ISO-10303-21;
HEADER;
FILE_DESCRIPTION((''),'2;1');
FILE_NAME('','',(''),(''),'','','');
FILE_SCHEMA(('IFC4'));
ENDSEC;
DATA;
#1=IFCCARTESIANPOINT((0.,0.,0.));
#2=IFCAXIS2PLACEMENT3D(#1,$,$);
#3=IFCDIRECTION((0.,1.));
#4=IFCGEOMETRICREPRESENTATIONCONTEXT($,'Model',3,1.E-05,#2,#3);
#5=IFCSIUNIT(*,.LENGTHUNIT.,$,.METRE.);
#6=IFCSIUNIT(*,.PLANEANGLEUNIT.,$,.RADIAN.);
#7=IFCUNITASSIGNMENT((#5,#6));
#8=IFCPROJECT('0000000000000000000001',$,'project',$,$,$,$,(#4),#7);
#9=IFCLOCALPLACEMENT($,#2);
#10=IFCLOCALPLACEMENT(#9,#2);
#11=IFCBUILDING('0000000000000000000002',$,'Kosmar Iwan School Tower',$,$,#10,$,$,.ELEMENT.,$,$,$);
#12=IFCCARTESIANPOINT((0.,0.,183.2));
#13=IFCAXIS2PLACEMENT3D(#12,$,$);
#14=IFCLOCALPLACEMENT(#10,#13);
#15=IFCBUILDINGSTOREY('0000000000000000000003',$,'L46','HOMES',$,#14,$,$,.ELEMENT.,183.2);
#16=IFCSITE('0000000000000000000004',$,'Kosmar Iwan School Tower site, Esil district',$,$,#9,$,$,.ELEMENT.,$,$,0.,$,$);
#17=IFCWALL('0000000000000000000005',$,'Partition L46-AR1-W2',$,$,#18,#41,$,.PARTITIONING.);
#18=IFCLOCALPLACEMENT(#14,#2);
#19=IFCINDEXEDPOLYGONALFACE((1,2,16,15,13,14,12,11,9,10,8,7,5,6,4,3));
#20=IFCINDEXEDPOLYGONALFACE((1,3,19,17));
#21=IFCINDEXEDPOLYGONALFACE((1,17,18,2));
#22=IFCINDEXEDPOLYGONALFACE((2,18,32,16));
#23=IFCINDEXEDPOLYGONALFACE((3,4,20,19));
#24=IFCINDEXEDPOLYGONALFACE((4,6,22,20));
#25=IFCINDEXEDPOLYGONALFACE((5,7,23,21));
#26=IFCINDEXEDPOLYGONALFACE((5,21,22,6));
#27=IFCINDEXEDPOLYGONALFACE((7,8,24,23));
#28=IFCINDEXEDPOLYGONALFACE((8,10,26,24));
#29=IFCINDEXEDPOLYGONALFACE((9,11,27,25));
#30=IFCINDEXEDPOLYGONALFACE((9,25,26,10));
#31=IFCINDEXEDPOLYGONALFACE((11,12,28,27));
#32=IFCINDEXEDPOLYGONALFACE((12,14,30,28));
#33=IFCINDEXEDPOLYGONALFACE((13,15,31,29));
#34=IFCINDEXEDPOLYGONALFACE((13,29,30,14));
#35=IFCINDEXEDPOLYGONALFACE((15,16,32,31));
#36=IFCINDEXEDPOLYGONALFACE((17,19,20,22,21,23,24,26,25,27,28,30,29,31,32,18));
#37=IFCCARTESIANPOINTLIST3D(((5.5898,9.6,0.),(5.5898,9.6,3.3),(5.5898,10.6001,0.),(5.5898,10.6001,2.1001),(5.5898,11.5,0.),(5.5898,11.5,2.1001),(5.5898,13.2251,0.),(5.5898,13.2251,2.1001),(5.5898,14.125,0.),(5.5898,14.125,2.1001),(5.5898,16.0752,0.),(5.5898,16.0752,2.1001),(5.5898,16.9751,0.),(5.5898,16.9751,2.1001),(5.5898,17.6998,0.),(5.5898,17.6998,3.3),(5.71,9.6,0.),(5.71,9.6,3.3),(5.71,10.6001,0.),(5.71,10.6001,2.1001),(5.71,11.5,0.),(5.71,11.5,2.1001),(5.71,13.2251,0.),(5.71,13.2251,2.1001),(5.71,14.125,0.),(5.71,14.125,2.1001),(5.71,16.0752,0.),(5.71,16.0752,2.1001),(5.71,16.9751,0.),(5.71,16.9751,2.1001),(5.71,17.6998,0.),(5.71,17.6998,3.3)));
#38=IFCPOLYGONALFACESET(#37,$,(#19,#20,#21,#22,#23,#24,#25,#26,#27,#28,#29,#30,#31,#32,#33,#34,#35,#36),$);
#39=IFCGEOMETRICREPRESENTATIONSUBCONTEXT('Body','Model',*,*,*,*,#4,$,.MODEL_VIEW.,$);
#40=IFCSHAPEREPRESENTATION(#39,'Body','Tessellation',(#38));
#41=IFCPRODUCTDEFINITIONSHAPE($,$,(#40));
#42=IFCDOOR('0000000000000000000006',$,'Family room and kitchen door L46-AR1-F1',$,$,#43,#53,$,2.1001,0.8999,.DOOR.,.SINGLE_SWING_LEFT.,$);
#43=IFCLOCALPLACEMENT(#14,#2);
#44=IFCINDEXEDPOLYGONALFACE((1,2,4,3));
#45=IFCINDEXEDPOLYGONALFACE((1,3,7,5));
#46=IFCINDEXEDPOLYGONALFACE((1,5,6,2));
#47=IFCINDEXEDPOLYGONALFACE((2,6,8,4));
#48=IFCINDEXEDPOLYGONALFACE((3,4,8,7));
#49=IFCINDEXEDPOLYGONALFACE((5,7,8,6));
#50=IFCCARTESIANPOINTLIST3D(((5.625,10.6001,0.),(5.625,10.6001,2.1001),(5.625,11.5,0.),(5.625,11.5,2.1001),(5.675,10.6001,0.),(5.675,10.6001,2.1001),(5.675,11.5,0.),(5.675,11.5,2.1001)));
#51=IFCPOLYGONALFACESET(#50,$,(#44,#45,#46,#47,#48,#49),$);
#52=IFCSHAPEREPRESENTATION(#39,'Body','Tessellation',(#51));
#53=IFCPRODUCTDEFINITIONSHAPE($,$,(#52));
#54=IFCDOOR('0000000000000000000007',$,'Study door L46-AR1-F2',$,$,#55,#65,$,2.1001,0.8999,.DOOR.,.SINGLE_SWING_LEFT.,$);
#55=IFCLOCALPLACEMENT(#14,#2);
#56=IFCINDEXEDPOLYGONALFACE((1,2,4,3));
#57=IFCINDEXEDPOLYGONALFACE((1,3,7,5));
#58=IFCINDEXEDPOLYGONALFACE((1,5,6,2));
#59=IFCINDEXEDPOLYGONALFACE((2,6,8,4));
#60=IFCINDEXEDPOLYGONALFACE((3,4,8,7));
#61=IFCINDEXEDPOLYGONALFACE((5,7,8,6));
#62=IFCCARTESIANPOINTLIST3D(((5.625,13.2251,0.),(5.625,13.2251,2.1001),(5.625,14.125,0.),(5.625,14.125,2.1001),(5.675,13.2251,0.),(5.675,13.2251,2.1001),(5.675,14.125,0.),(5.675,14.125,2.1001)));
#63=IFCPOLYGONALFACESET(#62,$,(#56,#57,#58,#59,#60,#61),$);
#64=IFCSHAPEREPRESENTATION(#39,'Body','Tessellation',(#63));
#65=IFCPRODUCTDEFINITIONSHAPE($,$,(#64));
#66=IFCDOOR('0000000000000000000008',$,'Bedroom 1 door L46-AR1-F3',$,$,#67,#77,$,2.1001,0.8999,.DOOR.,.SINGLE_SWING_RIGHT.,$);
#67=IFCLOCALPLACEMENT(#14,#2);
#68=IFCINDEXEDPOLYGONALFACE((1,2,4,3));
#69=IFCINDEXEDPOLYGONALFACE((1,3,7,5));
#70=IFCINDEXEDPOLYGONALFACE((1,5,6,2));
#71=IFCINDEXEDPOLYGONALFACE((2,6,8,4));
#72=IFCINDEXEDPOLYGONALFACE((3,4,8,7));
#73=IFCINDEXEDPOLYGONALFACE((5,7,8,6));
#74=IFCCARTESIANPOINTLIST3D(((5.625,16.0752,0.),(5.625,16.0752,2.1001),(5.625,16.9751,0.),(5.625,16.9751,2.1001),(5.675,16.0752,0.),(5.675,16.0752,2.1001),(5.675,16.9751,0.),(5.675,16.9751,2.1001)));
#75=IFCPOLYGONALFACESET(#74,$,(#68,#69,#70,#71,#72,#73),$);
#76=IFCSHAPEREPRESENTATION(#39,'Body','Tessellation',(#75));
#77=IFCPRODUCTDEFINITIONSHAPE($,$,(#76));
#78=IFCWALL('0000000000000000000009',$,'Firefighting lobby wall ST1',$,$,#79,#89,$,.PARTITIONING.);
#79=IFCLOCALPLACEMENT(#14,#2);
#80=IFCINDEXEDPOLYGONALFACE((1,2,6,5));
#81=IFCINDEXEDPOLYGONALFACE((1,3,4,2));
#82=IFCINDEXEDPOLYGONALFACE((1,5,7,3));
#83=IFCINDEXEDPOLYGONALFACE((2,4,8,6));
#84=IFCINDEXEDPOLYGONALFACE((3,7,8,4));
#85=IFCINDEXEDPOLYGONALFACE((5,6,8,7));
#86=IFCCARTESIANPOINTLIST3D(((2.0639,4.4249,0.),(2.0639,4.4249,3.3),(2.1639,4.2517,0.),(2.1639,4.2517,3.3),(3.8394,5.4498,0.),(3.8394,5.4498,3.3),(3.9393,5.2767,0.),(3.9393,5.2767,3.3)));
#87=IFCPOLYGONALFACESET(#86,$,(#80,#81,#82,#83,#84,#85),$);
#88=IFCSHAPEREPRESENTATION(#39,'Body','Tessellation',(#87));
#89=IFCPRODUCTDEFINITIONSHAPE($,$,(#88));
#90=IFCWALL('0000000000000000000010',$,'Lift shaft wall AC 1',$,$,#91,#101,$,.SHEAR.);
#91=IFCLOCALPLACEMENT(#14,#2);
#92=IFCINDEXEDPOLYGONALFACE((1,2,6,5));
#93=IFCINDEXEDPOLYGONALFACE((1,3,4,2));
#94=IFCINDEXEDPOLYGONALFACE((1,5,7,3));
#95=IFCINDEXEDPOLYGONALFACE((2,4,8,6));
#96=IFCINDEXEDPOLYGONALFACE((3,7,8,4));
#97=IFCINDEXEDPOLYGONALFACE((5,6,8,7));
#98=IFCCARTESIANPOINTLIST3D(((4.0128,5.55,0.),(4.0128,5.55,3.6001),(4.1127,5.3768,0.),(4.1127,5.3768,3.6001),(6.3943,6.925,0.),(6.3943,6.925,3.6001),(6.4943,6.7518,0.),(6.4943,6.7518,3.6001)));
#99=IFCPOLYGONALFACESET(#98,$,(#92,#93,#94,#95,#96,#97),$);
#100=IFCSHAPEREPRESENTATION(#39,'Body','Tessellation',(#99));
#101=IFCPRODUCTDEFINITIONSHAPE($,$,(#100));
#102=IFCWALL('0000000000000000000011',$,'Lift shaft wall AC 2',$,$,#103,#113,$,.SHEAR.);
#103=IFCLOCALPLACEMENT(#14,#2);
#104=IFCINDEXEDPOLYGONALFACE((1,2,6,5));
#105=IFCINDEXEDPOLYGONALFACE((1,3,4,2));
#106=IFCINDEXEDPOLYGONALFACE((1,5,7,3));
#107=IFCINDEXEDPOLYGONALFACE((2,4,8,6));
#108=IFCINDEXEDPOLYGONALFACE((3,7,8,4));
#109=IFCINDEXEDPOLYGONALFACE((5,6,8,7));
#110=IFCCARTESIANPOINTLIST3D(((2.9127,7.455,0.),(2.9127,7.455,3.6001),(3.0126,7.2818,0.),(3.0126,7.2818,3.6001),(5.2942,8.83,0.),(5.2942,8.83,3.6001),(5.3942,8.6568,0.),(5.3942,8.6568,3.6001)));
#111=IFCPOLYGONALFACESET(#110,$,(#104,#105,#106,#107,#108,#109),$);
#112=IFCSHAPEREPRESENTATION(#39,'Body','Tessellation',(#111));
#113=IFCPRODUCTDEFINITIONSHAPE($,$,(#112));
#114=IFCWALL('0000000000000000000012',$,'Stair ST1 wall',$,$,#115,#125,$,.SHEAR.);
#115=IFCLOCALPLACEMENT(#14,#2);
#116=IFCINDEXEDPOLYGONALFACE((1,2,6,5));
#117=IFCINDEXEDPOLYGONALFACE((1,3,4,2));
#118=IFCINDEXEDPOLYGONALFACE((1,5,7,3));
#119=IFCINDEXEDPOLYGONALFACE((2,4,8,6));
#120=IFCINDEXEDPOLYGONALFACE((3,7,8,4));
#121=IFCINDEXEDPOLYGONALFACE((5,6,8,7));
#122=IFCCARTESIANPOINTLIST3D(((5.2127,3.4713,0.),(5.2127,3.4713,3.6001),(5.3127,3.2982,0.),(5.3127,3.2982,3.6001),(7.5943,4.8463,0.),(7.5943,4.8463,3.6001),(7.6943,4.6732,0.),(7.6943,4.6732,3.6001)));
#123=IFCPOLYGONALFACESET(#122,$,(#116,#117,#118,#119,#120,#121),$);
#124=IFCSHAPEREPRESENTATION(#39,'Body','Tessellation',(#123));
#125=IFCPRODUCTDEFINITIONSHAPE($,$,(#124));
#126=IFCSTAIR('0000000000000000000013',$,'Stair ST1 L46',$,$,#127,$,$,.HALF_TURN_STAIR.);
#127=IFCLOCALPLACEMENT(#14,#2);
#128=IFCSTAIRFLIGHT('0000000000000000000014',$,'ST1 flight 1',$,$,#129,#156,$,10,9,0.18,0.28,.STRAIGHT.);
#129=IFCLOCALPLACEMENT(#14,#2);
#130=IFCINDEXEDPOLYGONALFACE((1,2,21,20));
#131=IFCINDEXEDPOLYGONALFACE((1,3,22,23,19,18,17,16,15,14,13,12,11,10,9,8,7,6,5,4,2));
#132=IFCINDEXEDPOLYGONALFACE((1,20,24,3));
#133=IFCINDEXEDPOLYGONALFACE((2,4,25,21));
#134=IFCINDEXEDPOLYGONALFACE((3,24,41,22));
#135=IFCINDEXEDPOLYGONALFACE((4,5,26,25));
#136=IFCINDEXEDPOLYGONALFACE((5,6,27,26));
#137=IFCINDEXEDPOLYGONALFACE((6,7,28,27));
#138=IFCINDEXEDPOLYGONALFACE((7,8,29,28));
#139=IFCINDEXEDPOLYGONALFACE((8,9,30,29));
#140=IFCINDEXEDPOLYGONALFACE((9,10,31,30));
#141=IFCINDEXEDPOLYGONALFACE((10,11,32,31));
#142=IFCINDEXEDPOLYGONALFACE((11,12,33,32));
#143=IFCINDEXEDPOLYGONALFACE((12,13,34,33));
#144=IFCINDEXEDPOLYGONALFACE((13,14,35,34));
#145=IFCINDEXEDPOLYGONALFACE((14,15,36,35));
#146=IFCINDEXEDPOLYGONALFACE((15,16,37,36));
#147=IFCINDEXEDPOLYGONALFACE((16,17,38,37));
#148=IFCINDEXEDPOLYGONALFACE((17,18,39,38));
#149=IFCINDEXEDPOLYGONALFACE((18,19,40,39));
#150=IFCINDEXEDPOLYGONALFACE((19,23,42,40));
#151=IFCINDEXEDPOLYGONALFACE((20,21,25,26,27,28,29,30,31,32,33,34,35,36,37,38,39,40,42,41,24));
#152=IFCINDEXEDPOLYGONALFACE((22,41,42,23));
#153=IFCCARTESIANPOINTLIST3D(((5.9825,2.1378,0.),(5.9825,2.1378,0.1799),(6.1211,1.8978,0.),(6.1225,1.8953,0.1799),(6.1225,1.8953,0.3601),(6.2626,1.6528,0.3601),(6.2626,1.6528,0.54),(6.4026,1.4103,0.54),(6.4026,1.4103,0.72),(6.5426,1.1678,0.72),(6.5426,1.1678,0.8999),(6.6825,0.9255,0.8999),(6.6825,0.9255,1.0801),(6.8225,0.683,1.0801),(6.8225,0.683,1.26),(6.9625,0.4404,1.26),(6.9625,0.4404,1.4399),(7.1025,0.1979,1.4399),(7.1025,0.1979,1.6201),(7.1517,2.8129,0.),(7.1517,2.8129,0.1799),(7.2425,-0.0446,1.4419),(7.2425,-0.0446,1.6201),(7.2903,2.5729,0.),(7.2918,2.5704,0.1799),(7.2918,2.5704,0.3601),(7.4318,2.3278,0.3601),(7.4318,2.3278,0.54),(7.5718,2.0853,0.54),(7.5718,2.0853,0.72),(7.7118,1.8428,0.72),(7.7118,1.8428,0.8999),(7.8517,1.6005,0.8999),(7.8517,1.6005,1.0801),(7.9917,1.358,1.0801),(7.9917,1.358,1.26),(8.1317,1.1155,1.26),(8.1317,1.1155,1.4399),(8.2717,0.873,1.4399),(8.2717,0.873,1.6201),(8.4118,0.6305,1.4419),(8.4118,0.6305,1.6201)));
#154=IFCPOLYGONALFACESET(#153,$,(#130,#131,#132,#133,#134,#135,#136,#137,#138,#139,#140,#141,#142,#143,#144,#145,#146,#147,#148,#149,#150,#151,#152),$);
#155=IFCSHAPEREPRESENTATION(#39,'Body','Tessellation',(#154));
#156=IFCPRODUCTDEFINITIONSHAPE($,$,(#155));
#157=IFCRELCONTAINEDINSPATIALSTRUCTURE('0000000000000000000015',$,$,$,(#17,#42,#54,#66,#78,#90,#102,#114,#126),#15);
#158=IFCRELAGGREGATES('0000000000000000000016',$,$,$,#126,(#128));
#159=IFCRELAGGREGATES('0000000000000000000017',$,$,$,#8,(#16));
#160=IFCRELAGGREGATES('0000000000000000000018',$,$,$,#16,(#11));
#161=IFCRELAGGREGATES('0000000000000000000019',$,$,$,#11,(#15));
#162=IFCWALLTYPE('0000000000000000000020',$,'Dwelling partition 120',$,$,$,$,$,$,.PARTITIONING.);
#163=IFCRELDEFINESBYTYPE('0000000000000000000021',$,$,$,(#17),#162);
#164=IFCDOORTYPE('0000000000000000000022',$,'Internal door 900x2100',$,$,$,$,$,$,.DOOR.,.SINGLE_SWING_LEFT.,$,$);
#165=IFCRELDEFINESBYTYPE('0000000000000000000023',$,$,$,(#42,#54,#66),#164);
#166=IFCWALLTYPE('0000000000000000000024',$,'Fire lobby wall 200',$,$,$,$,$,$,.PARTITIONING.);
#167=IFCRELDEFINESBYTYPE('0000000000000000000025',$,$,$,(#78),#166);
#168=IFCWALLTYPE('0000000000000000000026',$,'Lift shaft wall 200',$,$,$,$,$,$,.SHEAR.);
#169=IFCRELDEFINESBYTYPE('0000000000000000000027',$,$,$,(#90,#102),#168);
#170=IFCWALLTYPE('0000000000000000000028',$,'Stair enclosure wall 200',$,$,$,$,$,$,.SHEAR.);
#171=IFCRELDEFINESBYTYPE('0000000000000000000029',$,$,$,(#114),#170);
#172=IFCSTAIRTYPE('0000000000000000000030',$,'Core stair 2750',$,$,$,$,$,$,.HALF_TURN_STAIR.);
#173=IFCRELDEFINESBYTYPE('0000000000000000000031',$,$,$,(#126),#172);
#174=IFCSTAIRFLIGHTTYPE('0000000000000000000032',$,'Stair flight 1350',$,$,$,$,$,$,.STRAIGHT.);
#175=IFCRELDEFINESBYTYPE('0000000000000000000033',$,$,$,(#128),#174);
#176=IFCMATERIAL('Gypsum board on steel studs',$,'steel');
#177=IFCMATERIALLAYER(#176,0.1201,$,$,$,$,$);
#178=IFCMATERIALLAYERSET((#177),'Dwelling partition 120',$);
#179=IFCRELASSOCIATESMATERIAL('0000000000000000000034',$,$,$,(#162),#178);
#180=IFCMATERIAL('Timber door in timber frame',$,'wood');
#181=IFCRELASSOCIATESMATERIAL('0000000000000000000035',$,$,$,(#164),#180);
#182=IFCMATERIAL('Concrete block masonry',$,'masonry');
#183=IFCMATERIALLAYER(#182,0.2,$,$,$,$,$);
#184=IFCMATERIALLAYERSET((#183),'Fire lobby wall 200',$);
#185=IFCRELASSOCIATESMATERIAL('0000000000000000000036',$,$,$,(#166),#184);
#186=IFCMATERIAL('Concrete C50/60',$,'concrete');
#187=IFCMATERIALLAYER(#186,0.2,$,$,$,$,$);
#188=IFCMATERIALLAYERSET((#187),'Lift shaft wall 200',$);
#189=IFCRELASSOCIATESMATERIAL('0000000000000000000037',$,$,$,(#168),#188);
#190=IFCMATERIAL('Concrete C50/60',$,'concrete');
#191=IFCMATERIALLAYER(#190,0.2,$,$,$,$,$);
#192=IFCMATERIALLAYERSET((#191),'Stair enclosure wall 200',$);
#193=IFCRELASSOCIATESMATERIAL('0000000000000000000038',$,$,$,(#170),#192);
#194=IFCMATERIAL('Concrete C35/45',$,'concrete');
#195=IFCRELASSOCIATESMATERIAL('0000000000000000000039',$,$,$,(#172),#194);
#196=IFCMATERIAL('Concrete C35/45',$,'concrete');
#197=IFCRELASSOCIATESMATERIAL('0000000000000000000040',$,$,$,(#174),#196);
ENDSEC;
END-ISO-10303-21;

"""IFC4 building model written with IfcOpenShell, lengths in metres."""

from ifc_helpers import new_model, si_unit, direction, frame, frame_2d, origin, place, context, subcontext, project, spatial, polyline, rectangle, outline, extrude, material, layer, layer_set, type_object, element, fill, aggregate, save


model = new_model("IFC4")

# Units and contexts
model_context = context("Model", 3, precision=1e-05, world=origin(), true_north=direction((0.0, 1.0)))
body_context = subcontext(model_context, "Body", "Model", "MODEL_VIEW")
ifc_project = project(units=[si_unit("LENGTHUNIT", "METRE"), si_unit("PLANEANGLEUNIT", "RADIAN")], contexts=[model_context])

# Site, building, storey
site_placement = place(None, origin())
site = spatial("IfcSite", under=ifc_project, at=site_placement, Name="Kosmar Iwan School Tower site, Esil district", CompositionType="ELEMENT", RefElevation=0.0)
building_placement = place(site_placement, origin())
building = spatial("IfcBuilding", under=site, at=building_placement, Name="Kosmar Iwan School Tower", CompositionType="ELEMENT")
storey_placement = place(building_placement, frame((0.0, 0.0, 183.2)))
storey = spatial("IfcBuildingStorey", under=building, at=storey_placement, Name="L46", Description="HOMES", CompositionType="ELEMENT", Elevation=183.2)

# Wall, openings, doors
ifc_material_1 = material(Name="Gypsum board on steel studs", Category="steel")
ifc_layer_1 = layer(ifc_material_1, 0.1201)
ifc_layer_set_1 = layer_set([ifc_layer_1], Name="Dwelling partition 120")
wall_type_1 = type_object("IfcWallType", Name="Dwelling partition 120", PredefinedType="PARTITIONING", material=ifc_layer_set_1)
ifc_material_2 = material(Name="Timber door in timber frame", Category="wood")
door_type_1 = type_object("IfcDoorType", Name="Internal door 900x2100", OperationType="SINGLE_SWING_LEFT", PredefinedType="DOOR", material=ifc_material_2)
wall_1_placement = place(storey_placement, frame((5.6499, 9.6001, 0.0), z_axis=(0.0, 0.0, 1.0), x_axis=(0.0, 1.0, 0.0)))
wall_1 = element("IfcWall", 1, at=wall_1_placement, inside=storey, type_object=wall_type_1, Name="Partition L46-AR1-W2", PredefinedType="PARTITIONING", context=body_context, shape_type="SweptSolid", body=[
    extrude(rectangle(XDim=8.0999, YDim=0.1201, at=frame_2d((4.0498, 0.0))), origin(), (0.0, 0.0, 1.0), 3.3),
])
opening_1_placement = place(wall_1_placement, frame((1.0, 0.0, 0.0)))
opening_1 = element("IfcOpeningElement", 2, at=opening_1_placement, cuts=wall_1, PredefinedType="OPENING", context=body_context, shape_type="SweptSolid", body=[
    extrude(rectangle(XDim=0.8999, YDim=2.1001, at=frame_2d((0.45, 1.05))), frame((0.0, 0.072, 0.0), z_axis=(0.0, -1.0, 0.0), x_axis=(1.0, 0.0, 0.0)), (0.0, 0.0, 1.0), 0.144),
])
opening_2_placement = place(wall_1_placement, frame((3.625, 0.0, 0.0)))
opening_2 = element("IfcOpeningElement", 3, at=opening_2_placement, cuts=wall_1, PredefinedType="OPENING", context=body_context, shape_type="SweptSolid", body=[
    extrude(rectangle(XDim=0.8999, YDim=2.1001, at=frame_2d((0.45, 1.05))), frame((0.0, 0.072, 0.0), z_axis=(0.0, -1.0, 0.0), x_axis=(1.0, 0.0, 0.0)), (0.0, 0.0, 1.0), 0.144),
])
opening_3_placement = place(wall_1_placement, frame((6.4751, 0.0, 0.0)))
opening_3 = element("IfcOpeningElement", 4, at=opening_3_placement, cuts=wall_1, PredefinedType="OPENING", context=body_context, shape_type="SweptSolid", body=[
    extrude(rectangle(XDim=0.8999, YDim=2.1001, at=frame_2d((0.45, 1.05))), frame((0.0, 0.072, 0.0), z_axis=(0.0, -1.0, 0.0), x_axis=(1.0, 0.0, 0.0)), (0.0, 0.0, 1.0), 0.144),
])
door_1_placement = place(opening_1_placement, origin())
door_1 = element("IfcDoor", 5, at=door_1_placement, inside=storey, type_object=door_type_1, Name="Family room and kitchen door L46-AR1-F1", OperationType="SINGLE_SWING_LEFT", OverallHeight=2.1001, OverallWidth=0.8999, PredefinedType="DOOR", context=body_context, shape_type="SweptSolid", body=[
    extrude(rectangle(XDim=0.8999, YDim=2.1001, at=frame_2d((0.45, 1.05))), frame((0.0, 0.0249, 0.0), z_axis=(0.0, -1.0, 0.0), x_axis=(1.0, 0.0, 0.0)), (0.0, 0.0, 1.0), 0.05),
])
fill(opening_1, door_1)
door_2_placement = place(opening_2_placement, origin())
door_2 = element("IfcDoor", 6, at=door_2_placement, inside=storey, type_object=door_type_1, Name="Study door L46-AR1-F2", OperationType="SINGLE_SWING_LEFT", OverallHeight=2.1001, OverallWidth=0.8999, PredefinedType="DOOR", context=body_context, shape_type="SweptSolid", body=[
    extrude(rectangle(XDim=0.8999, YDim=2.1001, at=frame_2d((0.45, 1.05))), frame((0.0, 0.0249, 0.0), z_axis=(0.0, -1.0, 0.0), x_axis=(1.0, 0.0, 0.0)), (0.0, 0.0, 1.0), 0.05),
])
fill(opening_2, door_2)
door_3_placement = place(opening_3_placement, origin())
door_3 = element("IfcDoor", 7, at=door_3_placement, inside=storey, type_object=door_type_1, Name="Bedroom 1 door L46-AR1-F3", OperationType="SINGLE_SWING_RIGHT", OverallHeight=2.1001, OverallWidth=0.8999, PredefinedType="DOOR", context=body_context, shape_type="SweptSolid", body=[
    extrude(rectangle(XDim=0.8999, YDim=2.1001, at=frame_2d((0.45, 1.05))), frame((0.0, 0.0249, 0.0), z_axis=(0.0, -1.0, 0.0), x_axis=(1.0, 0.0, 0.0)), (0.0, 0.0, 1.0), 0.05),
])
fill(opening_3, door_3)

# Walls
ifc_material_3 = material(Name="Concrete block masonry", Category="masonry")
ifc_layer_2 = layer(ifc_material_3, 0.2)
ifc_layer_set_2 = layer_set([ifc_layer_2], Name="Fire lobby wall 200")
wall_type_2 = type_object("IfcWallType", Name="Fire lobby wall 200", PredefinedType="PARTITIONING", material=ifc_layer_set_2)
wall_2_placement = place(storey_placement, frame((2.114, 4.3384, 0.0), z_axis=(0.0, 0.0, 1.0), x_axis=(0.866051, 0.499956, 0.0)))
element("IfcWall", 8, at=wall_2_placement, inside=storey, type_object=wall_type_2, Name="Firefighting lobby wall ST1", PredefinedType="PARTITIONING", context=body_context, shape_type="SweptSolid", body=[
    extrude(rectangle(XDim=2.05, YDim=0.2, at=frame_2d((1.0249, 0.0))), origin(), (0.0, 0.0, 1.0), 3.3),
])
ifc_material_4 = material(Name="Concrete C50/60", Category="concrete")
ifc_layer_3 = layer(ifc_material_4, 0.2)
ifc_layer_set_3 = layer_set([ifc_layer_3], Name="Lift shaft wall 200")
wall_type_3 = type_object("IfcWallType", Name="Lift shaft wall 200", PredefinedType="SHEAR", material=ifc_layer_set_3)
for number, where, z_axis, x_axis, name in (
    (9, (4.0627, 5.4634, 0.0), (0.0, 0.0, 1.0), (0.866027, 0.499997, 0.0), "Lift shaft wall AC 1"),
    (10, (2.9626, 7.3684, 0.0), (0.0, 0.0, 1.0), (0.866027, 0.499997, 0.0), "Lift shaft wall AC 2"),
):
    element("IfcWall", number, at=place(storey_placement, frame(where, z_axis=z_axis, x_axis=x_axis)), inside=storey, type_object=wall_type_3, Name=name, PredefinedType="SHEAR", context=body_context, shape_type="SweptSolid", body=[
        extrude(rectangle(XDim=2.75, YDim=0.2, at=frame_2d((1.375, 0.0))), origin(), (0.0, 0.0, 1.0), 3.6001),
    ])
ifc_material_5 = material(Name="Concrete C50/60", Category="concrete")
ifc_layer_4 = layer(ifc_material_5, 0.2)
ifc_layer_set_4 = layer_set([ifc_layer_4], Name="Stair enclosure wall 200")
wall_type_4 = type_object("IfcWallType", Name="Stair enclosure wall 200", PredefinedType="SHEAR", material=ifc_layer_set_4)
wall_3_placement = place(storey_placement, frame((5.2627, 3.3848, 0.0), z_axis=(0.0, 0.0, 1.0), x_axis=(0.866027, 0.499997, 0.0)))
element("IfcWall", 11, at=wall_3_placement, inside=storey, type_object=wall_type_4, Name="Stair ST1 wall", PredefinedType="SHEAR", context=body_context, shape_type="SweptSolid", body=[
    extrude(rectangle(XDim=2.75, YDim=0.2, at=frame_2d((1.375, 0.0))), origin(), (0.0, 0.0, 1.0), 3.6001),
])

# Stair, stair flight
ifc_material_6 = material(Name="Concrete C35/45", Category="concrete")
stair_type_1 = type_object("IfcStairType", Name="Core stair 2750", PredefinedType="HALF_TURN_STAIR", material=ifc_material_6)
stair_1_placement = place(storey_placement, origin())
stair_1 = element("IfcStair", 12, at=stair_1_placement, inside=storey, type_object=stair_type_1, Name="Stair ST1 L46", PredefinedType="HALF_TURN_STAIR")
ifc_material_7 = material(Name="Concrete C35/45", Category="concrete")
stair_flight_type = type_object("IfcStairFlightType", Name="Stair flight 1350", PredefinedType="STRAIGHT", material=ifc_material_7)
stair_flight_placement = place(storey_placement, frame((6.5671, 2.4753, 0.0), z_axis=(0.0, 0.0, 1.0), x_axis=(0.5, -0.866025, 0.0)))
stair_flight = element("IfcStairFlight", 13, at=stair_flight_placement, type_object=stair_flight_type, Name="ST1 flight 1", NumberOfRisers=10, NumberOfTreads=9, PredefinedType="STRAIGHT", RiserHeight=0.18, TreadLength=0.28, context=body_context, shape_type="SweptSolid", body=[
    extrude(outline(polyline([(0.0, 0.0), (0.0, 0.1799), (0.28, 0.1799), (0.28, 0.3601), (0.5601, 0.3601), (0.5601, 0.54), (0.8401, 0.54), (0.8401, 0.72), (1.1201, 0.72), (1.1201, 0.8999), (1.3999, 0.8999), (1.3999, 1.0801), (1.6799, 1.0801), (1.6799, 1.26), (1.96, 1.26), (1.96, 1.4399), (2.24, 1.4399), (2.24, 1.6201), (2.52, 1.6201), (2.52, 1.8), (2.52, 1.4419), (0.2771, 0.0), (0.0, 0.0)])), frame((0.0, 0.675, 0.0), z_axis=(0.0, -1.0, 0.0), x_axis=(1.0, 0.0, 0.0)), (0.0, 0.0, 1.0), 1.3501),
])
aggregate(stair_1, [stair_flight])

save(model, "model.ifc")
